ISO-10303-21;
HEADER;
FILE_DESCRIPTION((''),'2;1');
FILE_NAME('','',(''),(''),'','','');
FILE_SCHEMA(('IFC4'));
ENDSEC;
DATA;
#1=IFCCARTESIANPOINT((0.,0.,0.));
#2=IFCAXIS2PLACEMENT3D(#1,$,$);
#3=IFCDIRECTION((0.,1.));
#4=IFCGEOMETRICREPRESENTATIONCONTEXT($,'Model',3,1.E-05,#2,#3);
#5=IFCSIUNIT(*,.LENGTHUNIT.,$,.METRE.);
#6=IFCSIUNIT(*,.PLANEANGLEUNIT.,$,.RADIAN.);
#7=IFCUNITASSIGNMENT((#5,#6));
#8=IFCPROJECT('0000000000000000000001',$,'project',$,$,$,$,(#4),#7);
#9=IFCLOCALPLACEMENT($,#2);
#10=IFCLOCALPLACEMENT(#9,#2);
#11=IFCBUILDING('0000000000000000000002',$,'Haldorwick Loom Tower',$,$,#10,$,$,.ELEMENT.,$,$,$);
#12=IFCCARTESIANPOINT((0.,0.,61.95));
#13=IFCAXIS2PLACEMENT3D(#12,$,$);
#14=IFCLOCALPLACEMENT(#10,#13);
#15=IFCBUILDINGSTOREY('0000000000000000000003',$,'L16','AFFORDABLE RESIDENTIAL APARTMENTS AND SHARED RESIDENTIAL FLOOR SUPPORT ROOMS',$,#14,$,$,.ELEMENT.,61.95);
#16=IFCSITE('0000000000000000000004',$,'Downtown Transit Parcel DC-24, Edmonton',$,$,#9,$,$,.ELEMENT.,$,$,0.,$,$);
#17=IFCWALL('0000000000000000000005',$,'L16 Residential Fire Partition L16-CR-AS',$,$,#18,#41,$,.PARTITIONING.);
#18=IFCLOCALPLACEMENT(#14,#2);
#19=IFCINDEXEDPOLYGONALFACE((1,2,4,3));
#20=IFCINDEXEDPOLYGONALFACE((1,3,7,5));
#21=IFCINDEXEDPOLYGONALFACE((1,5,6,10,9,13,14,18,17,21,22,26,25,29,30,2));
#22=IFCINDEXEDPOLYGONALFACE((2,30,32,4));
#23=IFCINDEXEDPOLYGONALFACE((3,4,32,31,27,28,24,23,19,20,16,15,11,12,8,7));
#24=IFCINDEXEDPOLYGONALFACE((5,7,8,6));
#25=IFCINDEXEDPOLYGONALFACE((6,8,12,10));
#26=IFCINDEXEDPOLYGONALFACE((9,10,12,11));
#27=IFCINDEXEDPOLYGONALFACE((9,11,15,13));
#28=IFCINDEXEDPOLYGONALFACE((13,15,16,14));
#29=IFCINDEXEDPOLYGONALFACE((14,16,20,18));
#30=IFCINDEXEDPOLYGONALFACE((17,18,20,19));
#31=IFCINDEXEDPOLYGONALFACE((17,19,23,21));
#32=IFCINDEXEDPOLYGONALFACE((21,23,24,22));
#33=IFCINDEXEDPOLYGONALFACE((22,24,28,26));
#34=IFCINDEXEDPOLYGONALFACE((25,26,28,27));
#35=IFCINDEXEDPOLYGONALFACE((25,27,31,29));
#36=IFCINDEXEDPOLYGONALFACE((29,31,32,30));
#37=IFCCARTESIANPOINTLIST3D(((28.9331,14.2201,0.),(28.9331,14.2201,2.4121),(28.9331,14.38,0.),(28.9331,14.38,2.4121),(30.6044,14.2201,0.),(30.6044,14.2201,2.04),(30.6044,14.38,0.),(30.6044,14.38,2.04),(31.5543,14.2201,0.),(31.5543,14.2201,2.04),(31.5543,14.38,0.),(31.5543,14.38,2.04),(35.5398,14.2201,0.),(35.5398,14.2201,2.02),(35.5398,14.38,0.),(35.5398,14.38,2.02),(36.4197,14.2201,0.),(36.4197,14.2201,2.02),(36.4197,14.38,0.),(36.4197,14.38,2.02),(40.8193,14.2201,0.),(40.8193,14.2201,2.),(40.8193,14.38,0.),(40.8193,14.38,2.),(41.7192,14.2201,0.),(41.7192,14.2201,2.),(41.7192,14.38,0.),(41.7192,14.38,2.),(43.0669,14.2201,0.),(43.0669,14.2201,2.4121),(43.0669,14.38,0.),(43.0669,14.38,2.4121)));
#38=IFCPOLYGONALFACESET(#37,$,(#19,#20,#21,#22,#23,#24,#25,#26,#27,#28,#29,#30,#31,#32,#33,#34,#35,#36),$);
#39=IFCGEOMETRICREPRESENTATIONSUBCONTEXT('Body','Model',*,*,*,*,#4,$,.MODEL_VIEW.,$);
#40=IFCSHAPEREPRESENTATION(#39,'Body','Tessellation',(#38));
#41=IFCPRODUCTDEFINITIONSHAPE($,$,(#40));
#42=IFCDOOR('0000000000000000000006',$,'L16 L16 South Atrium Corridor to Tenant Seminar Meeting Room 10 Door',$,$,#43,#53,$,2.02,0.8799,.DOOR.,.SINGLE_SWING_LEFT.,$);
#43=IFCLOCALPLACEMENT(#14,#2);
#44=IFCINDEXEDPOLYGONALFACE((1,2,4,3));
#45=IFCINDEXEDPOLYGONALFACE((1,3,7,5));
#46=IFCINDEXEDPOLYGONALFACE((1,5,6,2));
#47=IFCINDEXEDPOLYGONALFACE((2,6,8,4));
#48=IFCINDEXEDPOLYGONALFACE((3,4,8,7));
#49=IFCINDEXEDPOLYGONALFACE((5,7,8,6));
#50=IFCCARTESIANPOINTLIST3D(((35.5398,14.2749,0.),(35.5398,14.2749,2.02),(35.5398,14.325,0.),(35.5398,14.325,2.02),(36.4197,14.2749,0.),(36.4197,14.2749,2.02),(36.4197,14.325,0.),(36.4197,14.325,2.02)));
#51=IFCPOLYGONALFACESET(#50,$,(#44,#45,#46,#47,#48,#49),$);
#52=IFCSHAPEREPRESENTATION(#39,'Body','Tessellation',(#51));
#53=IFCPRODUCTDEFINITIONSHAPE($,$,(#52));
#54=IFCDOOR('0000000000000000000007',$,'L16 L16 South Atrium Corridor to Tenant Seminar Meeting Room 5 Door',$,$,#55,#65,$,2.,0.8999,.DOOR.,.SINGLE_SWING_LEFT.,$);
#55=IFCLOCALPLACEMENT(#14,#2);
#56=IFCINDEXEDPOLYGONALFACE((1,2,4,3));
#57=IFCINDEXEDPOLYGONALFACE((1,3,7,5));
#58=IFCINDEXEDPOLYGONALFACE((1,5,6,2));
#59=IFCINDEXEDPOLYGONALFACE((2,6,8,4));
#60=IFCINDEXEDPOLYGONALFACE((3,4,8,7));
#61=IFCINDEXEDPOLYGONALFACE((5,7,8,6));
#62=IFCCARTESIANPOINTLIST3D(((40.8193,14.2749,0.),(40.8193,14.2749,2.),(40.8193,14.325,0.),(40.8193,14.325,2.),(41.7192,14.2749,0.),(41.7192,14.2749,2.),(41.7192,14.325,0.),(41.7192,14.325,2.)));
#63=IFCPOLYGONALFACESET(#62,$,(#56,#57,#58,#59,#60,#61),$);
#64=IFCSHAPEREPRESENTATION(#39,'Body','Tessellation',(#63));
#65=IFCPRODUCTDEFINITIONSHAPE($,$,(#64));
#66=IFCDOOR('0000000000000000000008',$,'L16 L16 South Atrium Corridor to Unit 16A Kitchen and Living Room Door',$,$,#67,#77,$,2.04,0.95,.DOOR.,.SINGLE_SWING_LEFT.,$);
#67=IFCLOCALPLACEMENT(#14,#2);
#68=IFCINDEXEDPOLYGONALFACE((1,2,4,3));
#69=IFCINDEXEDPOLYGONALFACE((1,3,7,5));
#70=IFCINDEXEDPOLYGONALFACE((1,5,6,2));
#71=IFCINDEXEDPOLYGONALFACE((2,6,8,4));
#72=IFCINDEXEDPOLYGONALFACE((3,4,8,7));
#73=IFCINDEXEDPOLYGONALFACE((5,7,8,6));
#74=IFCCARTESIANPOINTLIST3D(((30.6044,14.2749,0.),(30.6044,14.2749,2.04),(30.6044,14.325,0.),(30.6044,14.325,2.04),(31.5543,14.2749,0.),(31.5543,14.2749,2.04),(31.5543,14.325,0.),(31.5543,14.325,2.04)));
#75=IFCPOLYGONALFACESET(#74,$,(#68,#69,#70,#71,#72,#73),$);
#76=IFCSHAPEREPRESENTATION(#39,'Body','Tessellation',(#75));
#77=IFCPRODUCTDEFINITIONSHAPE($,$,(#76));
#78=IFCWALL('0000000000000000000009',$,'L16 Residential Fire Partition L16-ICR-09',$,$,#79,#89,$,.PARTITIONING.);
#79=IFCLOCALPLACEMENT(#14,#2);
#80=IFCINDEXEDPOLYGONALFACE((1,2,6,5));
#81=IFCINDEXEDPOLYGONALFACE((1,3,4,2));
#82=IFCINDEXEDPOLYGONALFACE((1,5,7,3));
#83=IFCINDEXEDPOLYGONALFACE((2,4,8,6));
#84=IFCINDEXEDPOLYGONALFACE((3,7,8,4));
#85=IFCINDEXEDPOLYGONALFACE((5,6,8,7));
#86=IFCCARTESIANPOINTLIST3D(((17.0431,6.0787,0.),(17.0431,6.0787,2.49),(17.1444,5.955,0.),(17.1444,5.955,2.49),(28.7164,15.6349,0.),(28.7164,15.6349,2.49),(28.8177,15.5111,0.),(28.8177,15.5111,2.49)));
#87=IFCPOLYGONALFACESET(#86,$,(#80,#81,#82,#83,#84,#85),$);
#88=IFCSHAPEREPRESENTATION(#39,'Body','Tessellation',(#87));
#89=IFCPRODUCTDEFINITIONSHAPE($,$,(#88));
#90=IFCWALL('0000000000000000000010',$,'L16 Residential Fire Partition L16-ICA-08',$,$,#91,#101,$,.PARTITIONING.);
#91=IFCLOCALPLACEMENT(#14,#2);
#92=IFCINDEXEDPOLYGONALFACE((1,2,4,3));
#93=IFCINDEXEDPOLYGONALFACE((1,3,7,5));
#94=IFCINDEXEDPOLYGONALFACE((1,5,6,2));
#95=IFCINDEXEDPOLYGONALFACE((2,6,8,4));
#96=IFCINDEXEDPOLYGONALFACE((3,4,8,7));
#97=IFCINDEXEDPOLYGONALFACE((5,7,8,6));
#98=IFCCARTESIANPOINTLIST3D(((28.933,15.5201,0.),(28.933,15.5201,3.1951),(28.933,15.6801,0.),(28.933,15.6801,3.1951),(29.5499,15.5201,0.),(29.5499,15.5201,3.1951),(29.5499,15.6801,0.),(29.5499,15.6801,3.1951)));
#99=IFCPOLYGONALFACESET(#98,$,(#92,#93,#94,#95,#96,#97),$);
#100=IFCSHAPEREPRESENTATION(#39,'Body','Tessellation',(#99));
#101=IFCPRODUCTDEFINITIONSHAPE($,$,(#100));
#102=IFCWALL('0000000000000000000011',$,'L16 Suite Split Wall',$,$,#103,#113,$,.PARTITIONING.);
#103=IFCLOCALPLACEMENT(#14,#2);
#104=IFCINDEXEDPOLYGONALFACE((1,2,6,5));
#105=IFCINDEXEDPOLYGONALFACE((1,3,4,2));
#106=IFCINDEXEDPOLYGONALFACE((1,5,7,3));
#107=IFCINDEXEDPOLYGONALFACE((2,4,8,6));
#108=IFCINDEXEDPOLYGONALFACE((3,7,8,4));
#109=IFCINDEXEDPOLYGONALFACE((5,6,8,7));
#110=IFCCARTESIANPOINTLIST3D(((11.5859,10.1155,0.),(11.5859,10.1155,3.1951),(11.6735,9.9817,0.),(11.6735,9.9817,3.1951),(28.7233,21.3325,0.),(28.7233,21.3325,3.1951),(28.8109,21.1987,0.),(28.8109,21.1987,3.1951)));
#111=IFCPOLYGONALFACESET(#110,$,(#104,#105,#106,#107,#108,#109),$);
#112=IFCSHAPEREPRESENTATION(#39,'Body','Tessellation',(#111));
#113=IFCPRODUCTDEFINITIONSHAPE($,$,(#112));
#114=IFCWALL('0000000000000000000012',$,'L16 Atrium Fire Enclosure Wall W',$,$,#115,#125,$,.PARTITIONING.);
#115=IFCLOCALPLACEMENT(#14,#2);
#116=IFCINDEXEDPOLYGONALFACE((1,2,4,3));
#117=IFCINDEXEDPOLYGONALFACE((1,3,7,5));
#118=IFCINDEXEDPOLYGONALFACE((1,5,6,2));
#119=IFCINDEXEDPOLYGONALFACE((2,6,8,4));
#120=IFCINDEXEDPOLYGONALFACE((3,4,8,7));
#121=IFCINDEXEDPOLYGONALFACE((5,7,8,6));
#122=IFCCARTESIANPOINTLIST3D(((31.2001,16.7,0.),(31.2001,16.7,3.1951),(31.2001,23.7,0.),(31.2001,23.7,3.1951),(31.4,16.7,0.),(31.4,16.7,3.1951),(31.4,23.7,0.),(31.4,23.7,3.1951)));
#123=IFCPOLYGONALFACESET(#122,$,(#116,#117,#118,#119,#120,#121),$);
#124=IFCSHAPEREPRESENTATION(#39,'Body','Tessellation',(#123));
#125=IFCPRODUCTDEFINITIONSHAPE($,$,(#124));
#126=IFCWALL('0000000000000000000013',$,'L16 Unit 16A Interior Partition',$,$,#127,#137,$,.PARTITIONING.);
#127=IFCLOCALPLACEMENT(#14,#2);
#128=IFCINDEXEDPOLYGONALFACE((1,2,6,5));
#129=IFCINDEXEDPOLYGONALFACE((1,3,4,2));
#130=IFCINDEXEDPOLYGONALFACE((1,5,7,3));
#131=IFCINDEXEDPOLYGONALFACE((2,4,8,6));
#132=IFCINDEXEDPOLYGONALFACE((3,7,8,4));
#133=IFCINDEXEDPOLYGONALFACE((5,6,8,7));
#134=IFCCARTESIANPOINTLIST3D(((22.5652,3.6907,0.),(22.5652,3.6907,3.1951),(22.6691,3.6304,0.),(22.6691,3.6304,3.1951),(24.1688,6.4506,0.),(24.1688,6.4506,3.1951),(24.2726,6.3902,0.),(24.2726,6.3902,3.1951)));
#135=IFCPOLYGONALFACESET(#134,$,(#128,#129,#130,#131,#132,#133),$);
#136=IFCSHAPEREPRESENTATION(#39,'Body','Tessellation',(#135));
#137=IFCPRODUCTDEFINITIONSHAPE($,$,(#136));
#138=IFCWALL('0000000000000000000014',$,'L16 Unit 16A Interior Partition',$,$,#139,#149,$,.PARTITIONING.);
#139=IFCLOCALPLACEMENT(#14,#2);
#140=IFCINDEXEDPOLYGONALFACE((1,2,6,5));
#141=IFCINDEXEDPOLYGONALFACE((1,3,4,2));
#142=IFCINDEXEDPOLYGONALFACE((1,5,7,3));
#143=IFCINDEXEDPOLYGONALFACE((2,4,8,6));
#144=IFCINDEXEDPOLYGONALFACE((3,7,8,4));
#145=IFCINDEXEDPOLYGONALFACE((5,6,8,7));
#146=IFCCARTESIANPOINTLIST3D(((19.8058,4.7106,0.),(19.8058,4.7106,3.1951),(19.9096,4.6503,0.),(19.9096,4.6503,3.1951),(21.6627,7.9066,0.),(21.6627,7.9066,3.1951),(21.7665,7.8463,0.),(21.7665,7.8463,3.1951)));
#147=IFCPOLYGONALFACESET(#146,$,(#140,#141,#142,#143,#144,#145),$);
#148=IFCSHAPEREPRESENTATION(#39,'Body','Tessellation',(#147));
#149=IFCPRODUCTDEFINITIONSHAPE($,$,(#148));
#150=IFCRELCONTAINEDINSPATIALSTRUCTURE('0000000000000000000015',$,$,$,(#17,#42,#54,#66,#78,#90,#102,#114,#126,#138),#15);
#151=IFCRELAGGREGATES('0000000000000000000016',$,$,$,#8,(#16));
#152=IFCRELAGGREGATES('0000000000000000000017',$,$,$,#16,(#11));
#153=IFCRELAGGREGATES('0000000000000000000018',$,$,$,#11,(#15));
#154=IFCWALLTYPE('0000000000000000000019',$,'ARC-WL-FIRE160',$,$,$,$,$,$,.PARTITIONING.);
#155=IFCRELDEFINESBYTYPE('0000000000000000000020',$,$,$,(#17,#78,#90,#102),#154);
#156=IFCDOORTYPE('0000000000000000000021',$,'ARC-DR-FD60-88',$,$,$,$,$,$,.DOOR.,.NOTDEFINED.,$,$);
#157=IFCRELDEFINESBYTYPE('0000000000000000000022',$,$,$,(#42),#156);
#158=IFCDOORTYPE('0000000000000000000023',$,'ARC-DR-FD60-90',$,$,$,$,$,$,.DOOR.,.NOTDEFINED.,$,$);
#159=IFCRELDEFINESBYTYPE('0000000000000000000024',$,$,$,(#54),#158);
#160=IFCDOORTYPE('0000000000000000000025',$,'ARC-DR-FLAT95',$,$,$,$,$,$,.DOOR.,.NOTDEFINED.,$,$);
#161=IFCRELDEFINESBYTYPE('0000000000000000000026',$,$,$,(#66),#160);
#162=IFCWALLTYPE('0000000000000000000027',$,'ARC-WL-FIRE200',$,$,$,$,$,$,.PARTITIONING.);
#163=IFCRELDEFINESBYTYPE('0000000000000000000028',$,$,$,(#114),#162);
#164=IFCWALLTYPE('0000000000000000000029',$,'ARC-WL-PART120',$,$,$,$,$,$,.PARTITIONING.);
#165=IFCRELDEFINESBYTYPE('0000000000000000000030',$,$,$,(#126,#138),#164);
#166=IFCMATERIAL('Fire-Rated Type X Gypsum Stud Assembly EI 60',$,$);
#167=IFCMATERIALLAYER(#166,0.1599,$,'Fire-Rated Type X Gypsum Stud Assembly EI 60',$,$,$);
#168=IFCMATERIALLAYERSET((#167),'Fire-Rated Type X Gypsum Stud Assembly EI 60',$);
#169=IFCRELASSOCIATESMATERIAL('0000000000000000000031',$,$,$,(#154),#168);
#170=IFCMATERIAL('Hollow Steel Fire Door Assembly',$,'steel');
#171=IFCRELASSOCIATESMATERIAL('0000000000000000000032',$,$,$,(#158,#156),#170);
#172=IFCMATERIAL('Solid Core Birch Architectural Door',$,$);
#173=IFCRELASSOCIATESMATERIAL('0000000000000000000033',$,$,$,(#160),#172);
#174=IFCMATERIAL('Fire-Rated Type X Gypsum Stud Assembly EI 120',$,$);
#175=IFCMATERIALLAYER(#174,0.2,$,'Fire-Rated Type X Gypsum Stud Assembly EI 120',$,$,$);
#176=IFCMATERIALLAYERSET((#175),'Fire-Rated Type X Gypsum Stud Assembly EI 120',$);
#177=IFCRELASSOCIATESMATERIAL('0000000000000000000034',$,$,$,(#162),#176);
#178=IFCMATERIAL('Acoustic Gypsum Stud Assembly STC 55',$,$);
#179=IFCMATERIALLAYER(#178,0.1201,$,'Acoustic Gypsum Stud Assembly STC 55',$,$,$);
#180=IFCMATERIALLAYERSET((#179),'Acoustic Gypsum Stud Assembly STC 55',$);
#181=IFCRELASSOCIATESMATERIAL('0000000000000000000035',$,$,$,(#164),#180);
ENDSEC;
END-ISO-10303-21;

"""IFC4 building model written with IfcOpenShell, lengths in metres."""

from ifc_helpers import new_model, si_unit, direction, frame, frame_2d, origin, place, context, subcontext, project, spatial, rectangle, extrude, material, layer, layer_set, type_object, element, fill, save


model = new_model("IFC4")

# Units and contexts
model_context = context("Model", 3, precision=1e-05, world=origin(), true_north=direction((0.0, 1.0)))
body_context = subcontext(model_context, "Body", "Model", "MODEL_VIEW")
ifc_project = project(units=[si_unit("LENGTHUNIT", "METRE"), si_unit("PLANEANGLEUNIT", "RADIAN")], contexts=[model_context])

# Site, building, storey
site_placement = place(None, origin())
site = spatial("IfcSite", under=ifc_project, at=site_placement, Name="Downtown Transit Parcel DC-24, Edmonton", CompositionType="ELEMENT", RefElevation=0.0)
building_placement = place(site_placement, origin())
building = spatial("IfcBuilding", under=site, at=building_placement, Name="Haldorwick Loom Tower", CompositionType="ELEMENT")
storey_placement = place(building_placement, frame((0.0, 0.0, 61.95)))
storey = spatial("IfcBuildingStorey", under=building, at=storey_placement, Name="L16", Description="AFFORDABLE RESIDENTIAL APARTMENTS AND SHARED RESIDENTIAL FLOOR SUPPORT ROOMS", CompositionType="ELEMENT", Elevation=61.95)

# Wall, openings, doors
ifc_material_1 = material(Name="Fire-Rated Type X Gypsum Stud Assembly EI 60")
ifc_layer_1 = layer(ifc_material_1, 0.1599, Name="Fire-Rated Type X Gypsum Stud Assembly EI 60")
ifc_layer_set_1 = layer_set([ifc_layer_1], Name="Fire-Rated Type X Gypsum Stud Assembly EI 60")
wall_type_1 = type_object("IfcWallType", Name="ARC-WL-FIRE160", PredefinedType="PARTITIONING", material=ifc_layer_set_1)
ifc_material_2 = material(Name="Hollow Steel Fire Door Assembly", Category="steel")
door_type_1 = type_object("IfcDoorType", Name="ARC-DR-FD60-90", OperationType="NOTDEFINED", PredefinedType="DOOR", material=ifc_material_2)
wall_1_placement = place(storey_placement, frame((28.9331, 14.3, 0.0), z_axis=(0.0, 0.0, 1.0), x_axis=(1.0, 0.0, 0.0)))
wall_1 = element("IfcWall", 1, at=wall_1_placement, inside=storey, type_object=wall_type_1, Name="L16 Residential Fire Partition L16-CR-AS", PredefinedType="PARTITIONING", context=body_context, shape_type="SweptSolid", body=[
    extrude(rectangle(XDim=14.1338, YDim=0.1599, at=frame_2d((7.0669, 0.0))), origin(), (0.0, 0.0, 1.0), 2.4121),
])
opening_1_placement = place(wall_1_placement, frame((6.6067, 0.0, 0.0)))
opening_1 = element("IfcOpeningElement", 2, at=opening_1_placement, cuts=wall_1, PredefinedType="OPENING", context=body_context, shape_type="SweptSolid", body=[
    extrude(rectangle(XDim=0.8799, YDim=2.02, at=frame_2d((0.4399, 1.01))), frame((0.0, 0.0898, 0.0), z_axis=(0.0, -1.0, 0.0), x_axis=(1.0, 0.0, 0.0)), (0.0, 0.0, 1.0), 0.1799),
])
opening_2_placement = place(wall_1_placement, frame((1.6711, 0.0, 0.0)))
opening_2 = element("IfcOpeningElement", 3, at=opening_2_placement, cuts=wall_1, PredefinedType="OPENING", context=body_context, shape_type="SweptSolid", body=[
    extrude(rectangle(XDim=0.95, YDim=2.04, at=frame_2d((0.4751, 1.02))), frame((0.0, 0.0898, 0.0), z_axis=(0.0, -1.0, 0.0), x_axis=(1.0, 0.0, 0.0)), (0.0, 0.0, 1.0), 0.1799),
])
opening_3_placement = place(wall_1_placement, frame((11.8862, 0.0, 0.0)))
opening_3 = element("IfcOpeningElement", 4, at=opening_3_placement, cuts=wall_1, PredefinedType="OPENING", context=body_context, shape_type="SweptSolid", body=[
    extrude(rectangle(XDim=0.8999, YDim=2.0, at=frame_2d((0.45, 1.0))), frame((0.0, 0.0898, 0.0), z_axis=(0.0, -1.0, 0.0), x_axis=(1.0, 0.0, 0.0)), (0.0, 0.0, 1.0), 0.1799),
])
door_type_2 = type_object("IfcDoorType", Name="ARC-DR-FD60-88", OperationType="NOTDEFINED", PredefinedType="DOOR", material=ifc_material_2)
door_1_placement = place(opening_1_placement, origin())
door_1 = element("IfcDoor", 5, at=door_1_placement, inside=storey, type_object=door_type_2, Name="L16 L16 South Atrium Corridor to Tenant Seminar Meeting Room 10 Door", OperationType="SINGLE_SWING_LEFT", OverallHeight=2.02, OverallWidth=0.8799, PredefinedType="DOOR", context=body_context, shape_type="SweptSolid", body=[
    extrude(rectangle(XDim=0.8799, YDim=2.02, at=frame_2d((0.4399, 1.01))), frame((0.0, 0.0249, 0.0), z_axis=(0.0, -1.0, 0.0), x_axis=(1.0, 0.0, 0.0)), (0.0, 0.0, 1.0), 0.05),
])
fill(opening_1, door_1)
door_2_placement = place(opening_3_placement, origin())
door_2 = element("IfcDoor", 6, at=door_2_placement, inside=storey, type_object=door_type_1, Name="L16 L16 South Atrium Corridor to Tenant Seminar Meeting Room 5 Door", OperationType="SINGLE_SWING_LEFT", OverallHeight=2.0, OverallWidth=0.8999, PredefinedType="DOOR", context=body_context, shape_type="SweptSolid", body=[
    extrude(rectangle(XDim=0.8999, YDim=2.0, at=frame_2d((0.45, 1.0))), frame((0.0, 0.0249, 0.0), z_axis=(0.0, -1.0, 0.0), x_axis=(1.0, 0.0, 0.0)), (0.0, 0.0, 1.0), 0.05),
])
fill(opening_3, door_2)
ifc_material_3 = material(Name="Solid Core Birch Architectural Door")
door_type_3 = type_object("IfcDoorType", Name="ARC-DR-FLAT95", OperationType="NOTDEFINED", PredefinedType="DOOR", material=ifc_material_3)
door_3_placement = place(opening_2_placement, origin())
door_3 = element("IfcDoor", 7, at=door_3_placement, inside=storey, type_object=door_type_3, Name="L16 L16 South Atrium Corridor to Unit 16A Kitchen and Living Room Door", OperationType="SINGLE_SWING_LEFT", OverallHeight=2.04, OverallWidth=0.95, PredefinedType="DOOR", context=body_context, shape_type="SweptSolid", body=[
    extrude(rectangle(XDim=0.95, YDim=2.04, at=frame_2d((0.4751, 1.02))), frame((0.0, 0.0249, 0.0), z_axis=(0.0, -1.0, 0.0), x_axis=(1.0, 0.0, 0.0)), (0.0, 0.0, 1.0), 0.05),
])
fill(opening_2, door_3)

# Walls
wall_2_placement = place(storey_placement, frame((28.7671, 15.573, 0.0), z_axis=(0.0, 0.0, 1.0), x_axis=(-0.773787, -0.633446, 0.0)))
element("IfcWall", 8, at=wall_2_placement, inside=storey, type_object=wall_type_1, Name="L16 Residential Fire Partition L16-ICR-09", PredefinedType="PARTITIONING", context=body_context, shape_type="SweptSolid", body=[
    extrude(rectangle(XDim=15.0859, YDim=0.1599, at=frame_2d((7.543, 0.0))), origin(), (0.0, 0.0, 1.0), 2.49),
])
wall_3_placement = place(storey_placement, frame((29.55, 15.6001, 0.0), z_axis=(0.0, 0.0, 1.0), x_axis=(-1.0, 0.0, 0.0)))
element("IfcWall", 9, at=wall_3_placement, inside=storey, type_object=wall_type_1, Name="L16 Residential Fire Partition L16-ICA-08", PredefinedType="PARTITIONING", context=body_context, shape_type="SweptSolid", body=[
    extrude(rectangle(XDim=0.6169, YDim=0.1599, at=frame_2d((0.3086, 0.0))), origin(), (0.0, 0.0, 1.0), 3.1951),
])
wall_4_placement = place(storey_placement, frame((28.7671, 21.2656, 0.0), z_axis=(0.0, 0.0, 1.0), x_axis=(-0.836706, -0.547652, 0.0)))
element("IfcWall", 10, at=wall_4_placement, inside=storey, type_object=wall_type_1, Name="L16 Suite Split Wall", PredefinedType="PARTITIONING", context=body_context, shape_type="SweptSolid", body=[
    extrude(rectangle(XDim=20.4819, YDim=0.1599, at=frame_2d((10.241, 0.0))), origin(), (0.0, 0.0, 1.0), 3.1951),
])
ifc_material_4 = material(Name="Fire-Rated Type X Gypsum Stud Assembly EI 120")
ifc_layer_2 = layer(ifc_material_4, 0.2, Name="Fire-Rated Type X Gypsum Stud Assembly EI 120")
ifc_layer_set_2 = layer_set([ifc_layer_2], Name="Fire-Rated Type X Gypsum Stud Assembly EI 120")
wall_type_2 = type_object("IfcWallType", Name="ARC-WL-FIRE200", PredefinedType="PARTITIONING", material=ifc_layer_set_2)
wall_5_placement = place(storey_placement, frame((31.3, 16.7, 0.0), z_axis=(0.0, 0.0, 1.0), x_axis=(0.0, 1.0, 0.0)))
element("IfcWall", 11, at=wall_5_placement, inside=storey, type_object=wall_type_2, Name="L16 Atrium Fire Enclosure Wall W", PredefinedType="PARTITIONING", context=body_context, shape_type="SweptSolid", body=[
    extrude(rectangle(XDim=7.0, YDim=0.2, at=frame_2d((3.5, 0.0))), origin(), (0.0, 0.0, 1.0), 3.1951),
])
ifc_material_5 = material(Name="Acoustic Gypsum Stud Assembly STC 55")
ifc_layer_3 = layer(ifc_material_5, 0.1201, Name="Acoustic Gypsum Stud Assembly STC 55")
ifc_layer_set_3 = layer_set([ifc_layer_3], Name="Acoustic Gypsum Stud Assembly STC 55")
wall_type_3 = type_object("IfcWallType", Name="ARC-WL-PART120", PredefinedType="PARTITIONING", material=ifc_layer_set_3)
wall_6_placement = place(storey_placement, frame((24.2207, 6.4204, 0.0), z_axis=(0.0, 0.0, 1.0), x_axis=(-0.502386, -0.864643, 0.0)))
element("IfcWall", 12, at=wall_6_placement, inside=storey, type_object=wall_type_3, Name="L16 Unit 16A Interior Partition", PredefinedType="PARTITIONING", context=body_context, shape_type="SweptSolid", body=[
    extrude(rectangle(XDim=3.1919, YDim=0.1201, at=frame_2d((1.5959, 0.0))), origin(), (0.0, 0.0, 1.0), 3.1951),
])
wall_7_placement = place(storey_placement, frame((21.7146, 7.8765, 0.0), z_axis=(0.0, 0.0, 1.0), x_axis=(-0.502371, -0.864652, 0.0)))
element("IfcWall", 13, at=wall_7_placement, inside=storey, type_object=wall_type_3, Name="L16 Unit 16A Interior Partition", PredefinedType="PARTITIONING", context=body_context, shape_type="SweptSolid", body=[
    extrude(rectangle(XDim=3.6963, YDim=0.1201, at=frame_2d((1.8481, 0.0))), origin(), (0.0, 0.0, 1.0), 3.1951),
])

save(model, "model.ifc")
